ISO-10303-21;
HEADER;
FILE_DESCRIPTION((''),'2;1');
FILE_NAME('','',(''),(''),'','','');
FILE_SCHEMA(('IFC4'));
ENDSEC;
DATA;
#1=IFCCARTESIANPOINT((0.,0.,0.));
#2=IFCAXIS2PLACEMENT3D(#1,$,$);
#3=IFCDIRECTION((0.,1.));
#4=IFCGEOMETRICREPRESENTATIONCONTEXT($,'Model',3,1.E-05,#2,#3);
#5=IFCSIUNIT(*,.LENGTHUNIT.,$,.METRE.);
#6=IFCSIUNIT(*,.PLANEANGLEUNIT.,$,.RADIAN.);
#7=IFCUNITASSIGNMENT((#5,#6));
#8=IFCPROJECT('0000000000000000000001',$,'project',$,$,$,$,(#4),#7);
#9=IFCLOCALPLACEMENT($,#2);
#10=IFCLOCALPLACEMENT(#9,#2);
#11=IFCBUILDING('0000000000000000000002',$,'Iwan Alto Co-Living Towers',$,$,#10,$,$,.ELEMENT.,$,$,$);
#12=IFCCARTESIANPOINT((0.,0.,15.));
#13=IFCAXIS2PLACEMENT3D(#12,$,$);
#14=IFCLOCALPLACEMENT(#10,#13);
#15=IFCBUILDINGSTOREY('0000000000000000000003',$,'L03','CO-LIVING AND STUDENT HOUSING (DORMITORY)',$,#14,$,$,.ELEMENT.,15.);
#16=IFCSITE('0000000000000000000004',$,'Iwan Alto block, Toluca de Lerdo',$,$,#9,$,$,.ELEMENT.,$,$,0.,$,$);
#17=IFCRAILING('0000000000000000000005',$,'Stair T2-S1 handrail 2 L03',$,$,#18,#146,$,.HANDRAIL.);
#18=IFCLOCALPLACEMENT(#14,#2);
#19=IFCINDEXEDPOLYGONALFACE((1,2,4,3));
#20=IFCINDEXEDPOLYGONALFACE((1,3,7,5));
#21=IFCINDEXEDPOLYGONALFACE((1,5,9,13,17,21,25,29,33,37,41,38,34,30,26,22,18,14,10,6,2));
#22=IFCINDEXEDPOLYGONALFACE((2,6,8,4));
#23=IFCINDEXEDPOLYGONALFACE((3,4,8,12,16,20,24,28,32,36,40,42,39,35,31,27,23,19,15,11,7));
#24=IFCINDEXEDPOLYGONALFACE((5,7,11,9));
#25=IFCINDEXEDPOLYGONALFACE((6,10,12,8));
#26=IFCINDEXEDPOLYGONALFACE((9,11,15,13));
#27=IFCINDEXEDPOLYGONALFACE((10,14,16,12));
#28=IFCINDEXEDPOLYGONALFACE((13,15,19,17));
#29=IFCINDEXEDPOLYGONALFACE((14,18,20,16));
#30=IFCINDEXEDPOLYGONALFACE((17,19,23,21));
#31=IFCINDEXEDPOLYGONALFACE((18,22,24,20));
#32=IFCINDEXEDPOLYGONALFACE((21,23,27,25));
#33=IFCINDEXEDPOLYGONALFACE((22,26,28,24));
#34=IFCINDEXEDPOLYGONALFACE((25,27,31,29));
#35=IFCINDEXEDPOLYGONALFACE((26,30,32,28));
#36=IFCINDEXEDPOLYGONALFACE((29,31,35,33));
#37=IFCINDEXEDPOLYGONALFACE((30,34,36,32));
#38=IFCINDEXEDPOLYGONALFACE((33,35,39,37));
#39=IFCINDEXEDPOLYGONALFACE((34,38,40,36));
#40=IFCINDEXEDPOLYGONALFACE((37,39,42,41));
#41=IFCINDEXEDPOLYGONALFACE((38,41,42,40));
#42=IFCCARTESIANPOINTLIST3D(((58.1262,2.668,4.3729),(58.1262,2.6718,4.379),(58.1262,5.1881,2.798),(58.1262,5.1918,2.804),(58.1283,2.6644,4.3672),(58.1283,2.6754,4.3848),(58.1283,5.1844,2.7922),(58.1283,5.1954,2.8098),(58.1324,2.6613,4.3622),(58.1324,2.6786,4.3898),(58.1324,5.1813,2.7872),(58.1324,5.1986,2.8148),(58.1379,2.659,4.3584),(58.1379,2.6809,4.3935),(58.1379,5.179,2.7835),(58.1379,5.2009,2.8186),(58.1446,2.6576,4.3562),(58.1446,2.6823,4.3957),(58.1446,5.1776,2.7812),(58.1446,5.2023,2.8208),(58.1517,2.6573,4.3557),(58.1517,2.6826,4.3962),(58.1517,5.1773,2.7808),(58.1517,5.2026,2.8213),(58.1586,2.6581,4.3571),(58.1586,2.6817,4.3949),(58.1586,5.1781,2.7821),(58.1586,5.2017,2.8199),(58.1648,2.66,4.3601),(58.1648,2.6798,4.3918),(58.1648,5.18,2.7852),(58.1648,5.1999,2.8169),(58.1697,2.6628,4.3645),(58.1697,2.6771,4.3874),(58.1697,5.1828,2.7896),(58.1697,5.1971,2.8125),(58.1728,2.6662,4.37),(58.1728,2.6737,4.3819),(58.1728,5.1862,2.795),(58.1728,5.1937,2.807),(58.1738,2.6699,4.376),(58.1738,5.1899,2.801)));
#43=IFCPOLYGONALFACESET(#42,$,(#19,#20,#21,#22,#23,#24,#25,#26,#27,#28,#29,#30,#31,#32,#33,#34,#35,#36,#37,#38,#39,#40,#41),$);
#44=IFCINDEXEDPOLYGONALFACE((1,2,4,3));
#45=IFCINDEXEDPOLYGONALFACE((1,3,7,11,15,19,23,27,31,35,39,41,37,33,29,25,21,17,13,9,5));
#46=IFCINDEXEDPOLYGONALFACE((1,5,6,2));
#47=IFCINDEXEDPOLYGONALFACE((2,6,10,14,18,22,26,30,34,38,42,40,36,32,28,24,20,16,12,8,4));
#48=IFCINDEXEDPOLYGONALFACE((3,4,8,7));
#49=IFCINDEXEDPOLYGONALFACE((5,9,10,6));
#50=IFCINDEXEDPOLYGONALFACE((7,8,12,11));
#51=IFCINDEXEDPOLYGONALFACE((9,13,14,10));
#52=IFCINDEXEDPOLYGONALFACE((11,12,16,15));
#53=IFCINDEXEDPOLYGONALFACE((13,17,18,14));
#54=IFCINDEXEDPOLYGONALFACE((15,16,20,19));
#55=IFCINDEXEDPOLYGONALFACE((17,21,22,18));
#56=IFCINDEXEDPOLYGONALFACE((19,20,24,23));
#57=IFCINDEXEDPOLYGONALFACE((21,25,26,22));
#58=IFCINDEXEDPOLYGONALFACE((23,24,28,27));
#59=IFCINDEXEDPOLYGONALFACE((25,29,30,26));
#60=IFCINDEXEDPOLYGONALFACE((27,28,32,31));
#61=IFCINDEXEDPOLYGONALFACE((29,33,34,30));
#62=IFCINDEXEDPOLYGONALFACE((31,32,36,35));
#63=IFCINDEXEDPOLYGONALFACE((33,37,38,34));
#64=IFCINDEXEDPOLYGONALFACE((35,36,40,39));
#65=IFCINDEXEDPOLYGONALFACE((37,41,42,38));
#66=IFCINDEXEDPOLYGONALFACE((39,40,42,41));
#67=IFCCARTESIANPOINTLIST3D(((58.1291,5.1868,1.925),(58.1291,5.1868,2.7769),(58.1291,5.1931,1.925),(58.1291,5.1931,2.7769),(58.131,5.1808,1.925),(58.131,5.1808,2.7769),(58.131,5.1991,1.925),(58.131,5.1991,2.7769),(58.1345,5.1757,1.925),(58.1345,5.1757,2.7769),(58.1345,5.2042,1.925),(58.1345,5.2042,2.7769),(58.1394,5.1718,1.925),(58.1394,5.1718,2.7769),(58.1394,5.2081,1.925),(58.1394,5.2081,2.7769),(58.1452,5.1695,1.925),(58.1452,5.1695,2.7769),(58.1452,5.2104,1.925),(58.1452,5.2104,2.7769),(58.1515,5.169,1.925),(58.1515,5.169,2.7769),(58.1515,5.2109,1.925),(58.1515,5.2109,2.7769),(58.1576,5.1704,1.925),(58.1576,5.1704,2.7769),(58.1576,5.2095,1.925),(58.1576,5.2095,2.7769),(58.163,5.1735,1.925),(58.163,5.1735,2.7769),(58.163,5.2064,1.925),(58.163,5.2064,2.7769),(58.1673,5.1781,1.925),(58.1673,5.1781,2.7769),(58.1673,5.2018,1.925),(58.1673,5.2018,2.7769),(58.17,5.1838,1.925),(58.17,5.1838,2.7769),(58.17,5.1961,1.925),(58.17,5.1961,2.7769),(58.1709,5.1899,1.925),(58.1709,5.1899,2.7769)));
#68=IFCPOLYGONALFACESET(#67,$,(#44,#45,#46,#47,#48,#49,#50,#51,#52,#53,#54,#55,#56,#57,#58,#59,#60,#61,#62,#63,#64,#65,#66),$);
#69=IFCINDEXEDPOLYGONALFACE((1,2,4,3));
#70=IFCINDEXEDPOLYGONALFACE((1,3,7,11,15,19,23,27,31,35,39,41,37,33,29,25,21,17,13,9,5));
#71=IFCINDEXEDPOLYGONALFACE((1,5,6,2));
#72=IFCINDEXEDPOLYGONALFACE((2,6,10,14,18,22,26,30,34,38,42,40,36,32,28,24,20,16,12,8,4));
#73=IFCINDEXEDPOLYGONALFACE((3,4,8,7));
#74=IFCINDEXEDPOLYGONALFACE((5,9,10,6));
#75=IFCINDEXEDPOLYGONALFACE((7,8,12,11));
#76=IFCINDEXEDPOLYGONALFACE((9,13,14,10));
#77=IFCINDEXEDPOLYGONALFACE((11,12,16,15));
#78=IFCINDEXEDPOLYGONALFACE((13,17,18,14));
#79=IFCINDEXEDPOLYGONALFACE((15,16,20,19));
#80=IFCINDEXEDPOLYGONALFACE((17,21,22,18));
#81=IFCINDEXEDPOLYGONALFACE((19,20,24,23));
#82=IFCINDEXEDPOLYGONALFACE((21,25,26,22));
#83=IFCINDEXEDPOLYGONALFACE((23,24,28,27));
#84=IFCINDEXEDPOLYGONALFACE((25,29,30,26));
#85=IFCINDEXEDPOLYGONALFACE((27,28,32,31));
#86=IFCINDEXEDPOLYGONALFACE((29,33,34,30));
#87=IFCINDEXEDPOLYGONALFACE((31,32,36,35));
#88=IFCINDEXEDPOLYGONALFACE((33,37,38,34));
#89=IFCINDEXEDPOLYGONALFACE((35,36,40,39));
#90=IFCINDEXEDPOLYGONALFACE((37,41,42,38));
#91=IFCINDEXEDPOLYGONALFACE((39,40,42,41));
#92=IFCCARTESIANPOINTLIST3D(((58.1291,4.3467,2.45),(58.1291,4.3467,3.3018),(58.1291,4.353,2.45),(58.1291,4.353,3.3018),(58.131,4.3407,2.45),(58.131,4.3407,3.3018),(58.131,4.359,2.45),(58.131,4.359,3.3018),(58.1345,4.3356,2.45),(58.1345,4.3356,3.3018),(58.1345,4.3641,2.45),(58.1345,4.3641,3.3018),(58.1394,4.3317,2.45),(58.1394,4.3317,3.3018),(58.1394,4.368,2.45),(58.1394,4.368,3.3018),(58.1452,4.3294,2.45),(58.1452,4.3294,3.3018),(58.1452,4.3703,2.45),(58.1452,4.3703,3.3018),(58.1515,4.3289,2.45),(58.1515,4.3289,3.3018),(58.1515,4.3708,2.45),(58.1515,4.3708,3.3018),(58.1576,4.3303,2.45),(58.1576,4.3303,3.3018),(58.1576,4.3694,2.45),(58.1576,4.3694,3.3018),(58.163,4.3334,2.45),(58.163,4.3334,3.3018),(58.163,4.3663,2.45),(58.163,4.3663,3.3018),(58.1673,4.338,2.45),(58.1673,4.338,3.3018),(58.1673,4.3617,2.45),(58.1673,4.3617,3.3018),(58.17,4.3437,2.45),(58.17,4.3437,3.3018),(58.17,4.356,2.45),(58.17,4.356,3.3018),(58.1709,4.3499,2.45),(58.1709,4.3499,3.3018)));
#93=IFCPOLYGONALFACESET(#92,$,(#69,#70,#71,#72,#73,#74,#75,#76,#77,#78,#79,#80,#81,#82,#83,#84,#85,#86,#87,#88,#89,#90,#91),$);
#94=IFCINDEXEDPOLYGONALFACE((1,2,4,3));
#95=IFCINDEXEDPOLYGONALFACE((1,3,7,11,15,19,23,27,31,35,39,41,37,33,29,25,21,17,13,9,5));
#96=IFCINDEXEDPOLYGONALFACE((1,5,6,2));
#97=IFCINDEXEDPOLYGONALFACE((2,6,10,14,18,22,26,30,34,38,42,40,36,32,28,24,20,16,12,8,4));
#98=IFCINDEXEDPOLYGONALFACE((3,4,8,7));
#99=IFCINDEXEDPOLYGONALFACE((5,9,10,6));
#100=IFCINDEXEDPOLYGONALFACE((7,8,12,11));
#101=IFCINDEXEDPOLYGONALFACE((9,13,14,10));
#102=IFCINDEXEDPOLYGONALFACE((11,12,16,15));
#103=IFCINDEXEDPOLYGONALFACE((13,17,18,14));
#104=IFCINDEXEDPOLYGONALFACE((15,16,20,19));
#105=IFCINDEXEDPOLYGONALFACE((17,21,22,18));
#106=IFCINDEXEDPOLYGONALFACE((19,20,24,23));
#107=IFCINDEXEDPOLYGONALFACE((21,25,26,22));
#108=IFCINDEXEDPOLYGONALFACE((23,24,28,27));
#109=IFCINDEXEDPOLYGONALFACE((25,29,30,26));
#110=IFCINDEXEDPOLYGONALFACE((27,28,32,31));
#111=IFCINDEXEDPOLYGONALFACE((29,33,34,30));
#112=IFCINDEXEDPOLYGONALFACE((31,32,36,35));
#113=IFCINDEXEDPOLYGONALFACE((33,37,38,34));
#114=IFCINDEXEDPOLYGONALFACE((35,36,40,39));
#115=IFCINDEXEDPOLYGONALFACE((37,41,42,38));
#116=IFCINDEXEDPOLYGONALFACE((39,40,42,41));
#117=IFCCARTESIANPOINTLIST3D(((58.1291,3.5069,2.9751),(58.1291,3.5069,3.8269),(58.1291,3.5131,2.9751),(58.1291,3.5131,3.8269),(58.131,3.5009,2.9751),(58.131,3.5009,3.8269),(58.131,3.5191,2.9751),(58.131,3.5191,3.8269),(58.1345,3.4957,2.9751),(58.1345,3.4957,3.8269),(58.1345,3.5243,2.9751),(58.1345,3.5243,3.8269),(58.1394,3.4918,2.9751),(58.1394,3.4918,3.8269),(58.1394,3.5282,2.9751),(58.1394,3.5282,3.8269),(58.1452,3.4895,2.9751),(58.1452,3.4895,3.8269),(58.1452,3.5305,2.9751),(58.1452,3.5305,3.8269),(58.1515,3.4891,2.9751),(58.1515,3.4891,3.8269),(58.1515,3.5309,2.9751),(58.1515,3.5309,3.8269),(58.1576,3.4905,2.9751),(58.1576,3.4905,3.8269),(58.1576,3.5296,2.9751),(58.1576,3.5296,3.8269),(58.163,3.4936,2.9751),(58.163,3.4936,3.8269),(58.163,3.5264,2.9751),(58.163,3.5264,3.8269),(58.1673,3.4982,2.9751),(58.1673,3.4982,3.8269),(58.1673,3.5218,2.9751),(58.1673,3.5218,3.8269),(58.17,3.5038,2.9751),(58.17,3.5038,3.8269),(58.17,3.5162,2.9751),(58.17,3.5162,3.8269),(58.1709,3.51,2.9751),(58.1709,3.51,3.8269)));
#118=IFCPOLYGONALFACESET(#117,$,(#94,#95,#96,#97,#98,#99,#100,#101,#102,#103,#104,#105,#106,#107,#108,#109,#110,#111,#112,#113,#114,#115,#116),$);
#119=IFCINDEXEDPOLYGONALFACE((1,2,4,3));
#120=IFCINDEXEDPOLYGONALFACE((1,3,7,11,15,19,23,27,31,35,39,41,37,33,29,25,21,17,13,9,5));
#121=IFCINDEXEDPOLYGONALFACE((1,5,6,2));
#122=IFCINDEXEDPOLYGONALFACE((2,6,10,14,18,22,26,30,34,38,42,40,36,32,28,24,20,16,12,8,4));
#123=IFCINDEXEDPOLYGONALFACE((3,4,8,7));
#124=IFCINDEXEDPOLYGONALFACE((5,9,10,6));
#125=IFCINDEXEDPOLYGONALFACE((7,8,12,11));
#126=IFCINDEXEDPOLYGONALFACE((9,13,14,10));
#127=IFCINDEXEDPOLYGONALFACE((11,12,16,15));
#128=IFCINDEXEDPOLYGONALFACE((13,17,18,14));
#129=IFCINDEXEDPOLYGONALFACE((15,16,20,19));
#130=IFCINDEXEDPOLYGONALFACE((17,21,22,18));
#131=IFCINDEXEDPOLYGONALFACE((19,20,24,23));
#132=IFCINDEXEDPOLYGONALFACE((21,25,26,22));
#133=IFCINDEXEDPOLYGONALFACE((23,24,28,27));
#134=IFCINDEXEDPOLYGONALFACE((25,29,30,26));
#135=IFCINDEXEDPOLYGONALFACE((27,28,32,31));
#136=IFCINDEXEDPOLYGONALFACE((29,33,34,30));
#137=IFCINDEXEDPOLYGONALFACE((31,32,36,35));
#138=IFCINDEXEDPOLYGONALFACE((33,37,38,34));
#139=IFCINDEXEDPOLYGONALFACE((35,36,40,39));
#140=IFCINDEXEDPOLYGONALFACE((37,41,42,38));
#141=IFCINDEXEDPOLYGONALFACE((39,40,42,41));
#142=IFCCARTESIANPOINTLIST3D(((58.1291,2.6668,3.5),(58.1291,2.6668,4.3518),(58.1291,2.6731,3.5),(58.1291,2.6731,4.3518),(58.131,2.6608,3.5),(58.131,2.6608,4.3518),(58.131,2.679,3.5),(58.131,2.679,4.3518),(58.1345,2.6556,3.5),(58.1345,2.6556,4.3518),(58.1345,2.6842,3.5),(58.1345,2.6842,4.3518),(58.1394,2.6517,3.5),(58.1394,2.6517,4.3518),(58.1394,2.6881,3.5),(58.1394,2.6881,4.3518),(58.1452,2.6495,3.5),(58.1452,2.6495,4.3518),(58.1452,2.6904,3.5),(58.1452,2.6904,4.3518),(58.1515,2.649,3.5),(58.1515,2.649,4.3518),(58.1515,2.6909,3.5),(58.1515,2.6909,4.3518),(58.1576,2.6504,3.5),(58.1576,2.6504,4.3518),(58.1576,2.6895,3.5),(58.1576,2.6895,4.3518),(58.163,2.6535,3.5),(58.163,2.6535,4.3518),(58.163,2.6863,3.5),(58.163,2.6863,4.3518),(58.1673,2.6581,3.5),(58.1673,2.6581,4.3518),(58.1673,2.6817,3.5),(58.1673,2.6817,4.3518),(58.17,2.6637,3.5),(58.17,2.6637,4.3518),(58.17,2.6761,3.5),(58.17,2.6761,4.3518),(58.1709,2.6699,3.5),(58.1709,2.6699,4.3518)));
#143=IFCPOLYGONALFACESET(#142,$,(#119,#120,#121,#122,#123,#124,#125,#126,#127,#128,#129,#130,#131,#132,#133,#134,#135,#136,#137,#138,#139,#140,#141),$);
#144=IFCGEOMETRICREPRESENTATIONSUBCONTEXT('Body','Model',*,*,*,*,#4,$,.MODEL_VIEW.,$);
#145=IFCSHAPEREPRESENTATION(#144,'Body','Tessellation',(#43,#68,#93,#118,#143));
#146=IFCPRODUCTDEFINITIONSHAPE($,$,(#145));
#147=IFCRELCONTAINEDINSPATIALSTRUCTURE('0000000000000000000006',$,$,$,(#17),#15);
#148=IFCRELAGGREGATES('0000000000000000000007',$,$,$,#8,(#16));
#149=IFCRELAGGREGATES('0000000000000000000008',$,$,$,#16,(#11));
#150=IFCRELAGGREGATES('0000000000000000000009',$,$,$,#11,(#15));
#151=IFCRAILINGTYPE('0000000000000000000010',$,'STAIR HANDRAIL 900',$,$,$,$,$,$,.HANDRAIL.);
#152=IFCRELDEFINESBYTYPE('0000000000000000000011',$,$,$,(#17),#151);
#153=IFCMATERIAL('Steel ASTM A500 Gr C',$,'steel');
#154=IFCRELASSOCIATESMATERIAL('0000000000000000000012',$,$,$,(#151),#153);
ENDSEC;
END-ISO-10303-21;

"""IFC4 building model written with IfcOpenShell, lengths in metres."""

from ifc_helpers import new_model, si_unit, direction, frame, origin, origin_2d, place, context, subcontext, project, spatial, circle, extrude, material, type_object, element, save


model = new_model("IFC4")

# Units and contexts
model_context = context("Model", 3, precision=1e-05, world=origin(), true_north=direction((0.0, 1.0)))
body_context = subcontext(model_context, "Body", "Model", "MODEL_VIEW")
ifc_project = project(units=[si_unit("LENGTHUNIT", "METRE"), si_unit("PLANEANGLEUNIT", "RADIAN")], contexts=[model_context])

# Site, building, storey
site_placement = place(None, origin())
site = spatial("IfcSite", under=ifc_project, at=site_placement, Name="Iwan Alto block, Toluca de Lerdo", CompositionType="ELEMENT", RefElevation=0.0)
building_placement = place(site_placement, origin())
building = spatial("IfcBuilding", under=site, at=building_placement, Name="Iwan Alto Co-Living Towers", CompositionType="ELEMENT")
storey_placement = place(building_placement, frame((0.0, 0.0, 15.0)))
storey = spatial("IfcBuildingStorey", under=building, at=storey_placement, Name="L03", Description="CO-LIVING AND STUDENT HOUSING (DORMITORY)", CompositionType="ELEMENT", Elevation=15.0)

# Railing
ifc_material_1 = material(Name="Steel ASTM A500 Gr C", Category="steel")
railing_type_1 = type_object("IfcRailingType", Name="STAIR HANDRAIL 900", PredefinedType="HANDRAIL", material=ifc_material_1)
railing_1_placement = place(storey_placement, frame((58.1499, 5.1899, 1.925)))
element("IfcRailing", 1, at=railing_1_placement, inside=storey, type_object=railing_type_1, Name="Stair T2-S1 handrail 2 L03", PredefinedType="HANDRAIL", context=body_context, shape_type="SweptSolid", body=[
    extrude(circle(Radius=0.0239, at=origin_2d()), frame((0.0, 0.0, 0.876), z_axis=(0.0, -0.848008, 0.529984), x_axis=(1.0, 0.0, 0.0)), (0.0, 0.0, 1.0), 2.9717),
    extrude(circle(Radius=0.021, at=origin_2d()), origin(), (0.0, 0.0, 1.0), 0.8518),
    extrude(circle(Radius=0.021, at=origin_2d()), frame((0.0, -0.8401, 0.5249)), (0.0, 0.0, 1.0), 0.8518),
    extrude(circle(Radius=0.021, at=origin_2d()), frame((0.0, -1.6799, 1.05)), (0.0, 0.0, 1.0), 0.8518),
    extrude(circle(Radius=0.021, at=origin_2d()), frame((0.0, -2.52, 1.575)), (0.0, 0.0, 1.0), 0.8518),
])

save(model, "model.ifc")
